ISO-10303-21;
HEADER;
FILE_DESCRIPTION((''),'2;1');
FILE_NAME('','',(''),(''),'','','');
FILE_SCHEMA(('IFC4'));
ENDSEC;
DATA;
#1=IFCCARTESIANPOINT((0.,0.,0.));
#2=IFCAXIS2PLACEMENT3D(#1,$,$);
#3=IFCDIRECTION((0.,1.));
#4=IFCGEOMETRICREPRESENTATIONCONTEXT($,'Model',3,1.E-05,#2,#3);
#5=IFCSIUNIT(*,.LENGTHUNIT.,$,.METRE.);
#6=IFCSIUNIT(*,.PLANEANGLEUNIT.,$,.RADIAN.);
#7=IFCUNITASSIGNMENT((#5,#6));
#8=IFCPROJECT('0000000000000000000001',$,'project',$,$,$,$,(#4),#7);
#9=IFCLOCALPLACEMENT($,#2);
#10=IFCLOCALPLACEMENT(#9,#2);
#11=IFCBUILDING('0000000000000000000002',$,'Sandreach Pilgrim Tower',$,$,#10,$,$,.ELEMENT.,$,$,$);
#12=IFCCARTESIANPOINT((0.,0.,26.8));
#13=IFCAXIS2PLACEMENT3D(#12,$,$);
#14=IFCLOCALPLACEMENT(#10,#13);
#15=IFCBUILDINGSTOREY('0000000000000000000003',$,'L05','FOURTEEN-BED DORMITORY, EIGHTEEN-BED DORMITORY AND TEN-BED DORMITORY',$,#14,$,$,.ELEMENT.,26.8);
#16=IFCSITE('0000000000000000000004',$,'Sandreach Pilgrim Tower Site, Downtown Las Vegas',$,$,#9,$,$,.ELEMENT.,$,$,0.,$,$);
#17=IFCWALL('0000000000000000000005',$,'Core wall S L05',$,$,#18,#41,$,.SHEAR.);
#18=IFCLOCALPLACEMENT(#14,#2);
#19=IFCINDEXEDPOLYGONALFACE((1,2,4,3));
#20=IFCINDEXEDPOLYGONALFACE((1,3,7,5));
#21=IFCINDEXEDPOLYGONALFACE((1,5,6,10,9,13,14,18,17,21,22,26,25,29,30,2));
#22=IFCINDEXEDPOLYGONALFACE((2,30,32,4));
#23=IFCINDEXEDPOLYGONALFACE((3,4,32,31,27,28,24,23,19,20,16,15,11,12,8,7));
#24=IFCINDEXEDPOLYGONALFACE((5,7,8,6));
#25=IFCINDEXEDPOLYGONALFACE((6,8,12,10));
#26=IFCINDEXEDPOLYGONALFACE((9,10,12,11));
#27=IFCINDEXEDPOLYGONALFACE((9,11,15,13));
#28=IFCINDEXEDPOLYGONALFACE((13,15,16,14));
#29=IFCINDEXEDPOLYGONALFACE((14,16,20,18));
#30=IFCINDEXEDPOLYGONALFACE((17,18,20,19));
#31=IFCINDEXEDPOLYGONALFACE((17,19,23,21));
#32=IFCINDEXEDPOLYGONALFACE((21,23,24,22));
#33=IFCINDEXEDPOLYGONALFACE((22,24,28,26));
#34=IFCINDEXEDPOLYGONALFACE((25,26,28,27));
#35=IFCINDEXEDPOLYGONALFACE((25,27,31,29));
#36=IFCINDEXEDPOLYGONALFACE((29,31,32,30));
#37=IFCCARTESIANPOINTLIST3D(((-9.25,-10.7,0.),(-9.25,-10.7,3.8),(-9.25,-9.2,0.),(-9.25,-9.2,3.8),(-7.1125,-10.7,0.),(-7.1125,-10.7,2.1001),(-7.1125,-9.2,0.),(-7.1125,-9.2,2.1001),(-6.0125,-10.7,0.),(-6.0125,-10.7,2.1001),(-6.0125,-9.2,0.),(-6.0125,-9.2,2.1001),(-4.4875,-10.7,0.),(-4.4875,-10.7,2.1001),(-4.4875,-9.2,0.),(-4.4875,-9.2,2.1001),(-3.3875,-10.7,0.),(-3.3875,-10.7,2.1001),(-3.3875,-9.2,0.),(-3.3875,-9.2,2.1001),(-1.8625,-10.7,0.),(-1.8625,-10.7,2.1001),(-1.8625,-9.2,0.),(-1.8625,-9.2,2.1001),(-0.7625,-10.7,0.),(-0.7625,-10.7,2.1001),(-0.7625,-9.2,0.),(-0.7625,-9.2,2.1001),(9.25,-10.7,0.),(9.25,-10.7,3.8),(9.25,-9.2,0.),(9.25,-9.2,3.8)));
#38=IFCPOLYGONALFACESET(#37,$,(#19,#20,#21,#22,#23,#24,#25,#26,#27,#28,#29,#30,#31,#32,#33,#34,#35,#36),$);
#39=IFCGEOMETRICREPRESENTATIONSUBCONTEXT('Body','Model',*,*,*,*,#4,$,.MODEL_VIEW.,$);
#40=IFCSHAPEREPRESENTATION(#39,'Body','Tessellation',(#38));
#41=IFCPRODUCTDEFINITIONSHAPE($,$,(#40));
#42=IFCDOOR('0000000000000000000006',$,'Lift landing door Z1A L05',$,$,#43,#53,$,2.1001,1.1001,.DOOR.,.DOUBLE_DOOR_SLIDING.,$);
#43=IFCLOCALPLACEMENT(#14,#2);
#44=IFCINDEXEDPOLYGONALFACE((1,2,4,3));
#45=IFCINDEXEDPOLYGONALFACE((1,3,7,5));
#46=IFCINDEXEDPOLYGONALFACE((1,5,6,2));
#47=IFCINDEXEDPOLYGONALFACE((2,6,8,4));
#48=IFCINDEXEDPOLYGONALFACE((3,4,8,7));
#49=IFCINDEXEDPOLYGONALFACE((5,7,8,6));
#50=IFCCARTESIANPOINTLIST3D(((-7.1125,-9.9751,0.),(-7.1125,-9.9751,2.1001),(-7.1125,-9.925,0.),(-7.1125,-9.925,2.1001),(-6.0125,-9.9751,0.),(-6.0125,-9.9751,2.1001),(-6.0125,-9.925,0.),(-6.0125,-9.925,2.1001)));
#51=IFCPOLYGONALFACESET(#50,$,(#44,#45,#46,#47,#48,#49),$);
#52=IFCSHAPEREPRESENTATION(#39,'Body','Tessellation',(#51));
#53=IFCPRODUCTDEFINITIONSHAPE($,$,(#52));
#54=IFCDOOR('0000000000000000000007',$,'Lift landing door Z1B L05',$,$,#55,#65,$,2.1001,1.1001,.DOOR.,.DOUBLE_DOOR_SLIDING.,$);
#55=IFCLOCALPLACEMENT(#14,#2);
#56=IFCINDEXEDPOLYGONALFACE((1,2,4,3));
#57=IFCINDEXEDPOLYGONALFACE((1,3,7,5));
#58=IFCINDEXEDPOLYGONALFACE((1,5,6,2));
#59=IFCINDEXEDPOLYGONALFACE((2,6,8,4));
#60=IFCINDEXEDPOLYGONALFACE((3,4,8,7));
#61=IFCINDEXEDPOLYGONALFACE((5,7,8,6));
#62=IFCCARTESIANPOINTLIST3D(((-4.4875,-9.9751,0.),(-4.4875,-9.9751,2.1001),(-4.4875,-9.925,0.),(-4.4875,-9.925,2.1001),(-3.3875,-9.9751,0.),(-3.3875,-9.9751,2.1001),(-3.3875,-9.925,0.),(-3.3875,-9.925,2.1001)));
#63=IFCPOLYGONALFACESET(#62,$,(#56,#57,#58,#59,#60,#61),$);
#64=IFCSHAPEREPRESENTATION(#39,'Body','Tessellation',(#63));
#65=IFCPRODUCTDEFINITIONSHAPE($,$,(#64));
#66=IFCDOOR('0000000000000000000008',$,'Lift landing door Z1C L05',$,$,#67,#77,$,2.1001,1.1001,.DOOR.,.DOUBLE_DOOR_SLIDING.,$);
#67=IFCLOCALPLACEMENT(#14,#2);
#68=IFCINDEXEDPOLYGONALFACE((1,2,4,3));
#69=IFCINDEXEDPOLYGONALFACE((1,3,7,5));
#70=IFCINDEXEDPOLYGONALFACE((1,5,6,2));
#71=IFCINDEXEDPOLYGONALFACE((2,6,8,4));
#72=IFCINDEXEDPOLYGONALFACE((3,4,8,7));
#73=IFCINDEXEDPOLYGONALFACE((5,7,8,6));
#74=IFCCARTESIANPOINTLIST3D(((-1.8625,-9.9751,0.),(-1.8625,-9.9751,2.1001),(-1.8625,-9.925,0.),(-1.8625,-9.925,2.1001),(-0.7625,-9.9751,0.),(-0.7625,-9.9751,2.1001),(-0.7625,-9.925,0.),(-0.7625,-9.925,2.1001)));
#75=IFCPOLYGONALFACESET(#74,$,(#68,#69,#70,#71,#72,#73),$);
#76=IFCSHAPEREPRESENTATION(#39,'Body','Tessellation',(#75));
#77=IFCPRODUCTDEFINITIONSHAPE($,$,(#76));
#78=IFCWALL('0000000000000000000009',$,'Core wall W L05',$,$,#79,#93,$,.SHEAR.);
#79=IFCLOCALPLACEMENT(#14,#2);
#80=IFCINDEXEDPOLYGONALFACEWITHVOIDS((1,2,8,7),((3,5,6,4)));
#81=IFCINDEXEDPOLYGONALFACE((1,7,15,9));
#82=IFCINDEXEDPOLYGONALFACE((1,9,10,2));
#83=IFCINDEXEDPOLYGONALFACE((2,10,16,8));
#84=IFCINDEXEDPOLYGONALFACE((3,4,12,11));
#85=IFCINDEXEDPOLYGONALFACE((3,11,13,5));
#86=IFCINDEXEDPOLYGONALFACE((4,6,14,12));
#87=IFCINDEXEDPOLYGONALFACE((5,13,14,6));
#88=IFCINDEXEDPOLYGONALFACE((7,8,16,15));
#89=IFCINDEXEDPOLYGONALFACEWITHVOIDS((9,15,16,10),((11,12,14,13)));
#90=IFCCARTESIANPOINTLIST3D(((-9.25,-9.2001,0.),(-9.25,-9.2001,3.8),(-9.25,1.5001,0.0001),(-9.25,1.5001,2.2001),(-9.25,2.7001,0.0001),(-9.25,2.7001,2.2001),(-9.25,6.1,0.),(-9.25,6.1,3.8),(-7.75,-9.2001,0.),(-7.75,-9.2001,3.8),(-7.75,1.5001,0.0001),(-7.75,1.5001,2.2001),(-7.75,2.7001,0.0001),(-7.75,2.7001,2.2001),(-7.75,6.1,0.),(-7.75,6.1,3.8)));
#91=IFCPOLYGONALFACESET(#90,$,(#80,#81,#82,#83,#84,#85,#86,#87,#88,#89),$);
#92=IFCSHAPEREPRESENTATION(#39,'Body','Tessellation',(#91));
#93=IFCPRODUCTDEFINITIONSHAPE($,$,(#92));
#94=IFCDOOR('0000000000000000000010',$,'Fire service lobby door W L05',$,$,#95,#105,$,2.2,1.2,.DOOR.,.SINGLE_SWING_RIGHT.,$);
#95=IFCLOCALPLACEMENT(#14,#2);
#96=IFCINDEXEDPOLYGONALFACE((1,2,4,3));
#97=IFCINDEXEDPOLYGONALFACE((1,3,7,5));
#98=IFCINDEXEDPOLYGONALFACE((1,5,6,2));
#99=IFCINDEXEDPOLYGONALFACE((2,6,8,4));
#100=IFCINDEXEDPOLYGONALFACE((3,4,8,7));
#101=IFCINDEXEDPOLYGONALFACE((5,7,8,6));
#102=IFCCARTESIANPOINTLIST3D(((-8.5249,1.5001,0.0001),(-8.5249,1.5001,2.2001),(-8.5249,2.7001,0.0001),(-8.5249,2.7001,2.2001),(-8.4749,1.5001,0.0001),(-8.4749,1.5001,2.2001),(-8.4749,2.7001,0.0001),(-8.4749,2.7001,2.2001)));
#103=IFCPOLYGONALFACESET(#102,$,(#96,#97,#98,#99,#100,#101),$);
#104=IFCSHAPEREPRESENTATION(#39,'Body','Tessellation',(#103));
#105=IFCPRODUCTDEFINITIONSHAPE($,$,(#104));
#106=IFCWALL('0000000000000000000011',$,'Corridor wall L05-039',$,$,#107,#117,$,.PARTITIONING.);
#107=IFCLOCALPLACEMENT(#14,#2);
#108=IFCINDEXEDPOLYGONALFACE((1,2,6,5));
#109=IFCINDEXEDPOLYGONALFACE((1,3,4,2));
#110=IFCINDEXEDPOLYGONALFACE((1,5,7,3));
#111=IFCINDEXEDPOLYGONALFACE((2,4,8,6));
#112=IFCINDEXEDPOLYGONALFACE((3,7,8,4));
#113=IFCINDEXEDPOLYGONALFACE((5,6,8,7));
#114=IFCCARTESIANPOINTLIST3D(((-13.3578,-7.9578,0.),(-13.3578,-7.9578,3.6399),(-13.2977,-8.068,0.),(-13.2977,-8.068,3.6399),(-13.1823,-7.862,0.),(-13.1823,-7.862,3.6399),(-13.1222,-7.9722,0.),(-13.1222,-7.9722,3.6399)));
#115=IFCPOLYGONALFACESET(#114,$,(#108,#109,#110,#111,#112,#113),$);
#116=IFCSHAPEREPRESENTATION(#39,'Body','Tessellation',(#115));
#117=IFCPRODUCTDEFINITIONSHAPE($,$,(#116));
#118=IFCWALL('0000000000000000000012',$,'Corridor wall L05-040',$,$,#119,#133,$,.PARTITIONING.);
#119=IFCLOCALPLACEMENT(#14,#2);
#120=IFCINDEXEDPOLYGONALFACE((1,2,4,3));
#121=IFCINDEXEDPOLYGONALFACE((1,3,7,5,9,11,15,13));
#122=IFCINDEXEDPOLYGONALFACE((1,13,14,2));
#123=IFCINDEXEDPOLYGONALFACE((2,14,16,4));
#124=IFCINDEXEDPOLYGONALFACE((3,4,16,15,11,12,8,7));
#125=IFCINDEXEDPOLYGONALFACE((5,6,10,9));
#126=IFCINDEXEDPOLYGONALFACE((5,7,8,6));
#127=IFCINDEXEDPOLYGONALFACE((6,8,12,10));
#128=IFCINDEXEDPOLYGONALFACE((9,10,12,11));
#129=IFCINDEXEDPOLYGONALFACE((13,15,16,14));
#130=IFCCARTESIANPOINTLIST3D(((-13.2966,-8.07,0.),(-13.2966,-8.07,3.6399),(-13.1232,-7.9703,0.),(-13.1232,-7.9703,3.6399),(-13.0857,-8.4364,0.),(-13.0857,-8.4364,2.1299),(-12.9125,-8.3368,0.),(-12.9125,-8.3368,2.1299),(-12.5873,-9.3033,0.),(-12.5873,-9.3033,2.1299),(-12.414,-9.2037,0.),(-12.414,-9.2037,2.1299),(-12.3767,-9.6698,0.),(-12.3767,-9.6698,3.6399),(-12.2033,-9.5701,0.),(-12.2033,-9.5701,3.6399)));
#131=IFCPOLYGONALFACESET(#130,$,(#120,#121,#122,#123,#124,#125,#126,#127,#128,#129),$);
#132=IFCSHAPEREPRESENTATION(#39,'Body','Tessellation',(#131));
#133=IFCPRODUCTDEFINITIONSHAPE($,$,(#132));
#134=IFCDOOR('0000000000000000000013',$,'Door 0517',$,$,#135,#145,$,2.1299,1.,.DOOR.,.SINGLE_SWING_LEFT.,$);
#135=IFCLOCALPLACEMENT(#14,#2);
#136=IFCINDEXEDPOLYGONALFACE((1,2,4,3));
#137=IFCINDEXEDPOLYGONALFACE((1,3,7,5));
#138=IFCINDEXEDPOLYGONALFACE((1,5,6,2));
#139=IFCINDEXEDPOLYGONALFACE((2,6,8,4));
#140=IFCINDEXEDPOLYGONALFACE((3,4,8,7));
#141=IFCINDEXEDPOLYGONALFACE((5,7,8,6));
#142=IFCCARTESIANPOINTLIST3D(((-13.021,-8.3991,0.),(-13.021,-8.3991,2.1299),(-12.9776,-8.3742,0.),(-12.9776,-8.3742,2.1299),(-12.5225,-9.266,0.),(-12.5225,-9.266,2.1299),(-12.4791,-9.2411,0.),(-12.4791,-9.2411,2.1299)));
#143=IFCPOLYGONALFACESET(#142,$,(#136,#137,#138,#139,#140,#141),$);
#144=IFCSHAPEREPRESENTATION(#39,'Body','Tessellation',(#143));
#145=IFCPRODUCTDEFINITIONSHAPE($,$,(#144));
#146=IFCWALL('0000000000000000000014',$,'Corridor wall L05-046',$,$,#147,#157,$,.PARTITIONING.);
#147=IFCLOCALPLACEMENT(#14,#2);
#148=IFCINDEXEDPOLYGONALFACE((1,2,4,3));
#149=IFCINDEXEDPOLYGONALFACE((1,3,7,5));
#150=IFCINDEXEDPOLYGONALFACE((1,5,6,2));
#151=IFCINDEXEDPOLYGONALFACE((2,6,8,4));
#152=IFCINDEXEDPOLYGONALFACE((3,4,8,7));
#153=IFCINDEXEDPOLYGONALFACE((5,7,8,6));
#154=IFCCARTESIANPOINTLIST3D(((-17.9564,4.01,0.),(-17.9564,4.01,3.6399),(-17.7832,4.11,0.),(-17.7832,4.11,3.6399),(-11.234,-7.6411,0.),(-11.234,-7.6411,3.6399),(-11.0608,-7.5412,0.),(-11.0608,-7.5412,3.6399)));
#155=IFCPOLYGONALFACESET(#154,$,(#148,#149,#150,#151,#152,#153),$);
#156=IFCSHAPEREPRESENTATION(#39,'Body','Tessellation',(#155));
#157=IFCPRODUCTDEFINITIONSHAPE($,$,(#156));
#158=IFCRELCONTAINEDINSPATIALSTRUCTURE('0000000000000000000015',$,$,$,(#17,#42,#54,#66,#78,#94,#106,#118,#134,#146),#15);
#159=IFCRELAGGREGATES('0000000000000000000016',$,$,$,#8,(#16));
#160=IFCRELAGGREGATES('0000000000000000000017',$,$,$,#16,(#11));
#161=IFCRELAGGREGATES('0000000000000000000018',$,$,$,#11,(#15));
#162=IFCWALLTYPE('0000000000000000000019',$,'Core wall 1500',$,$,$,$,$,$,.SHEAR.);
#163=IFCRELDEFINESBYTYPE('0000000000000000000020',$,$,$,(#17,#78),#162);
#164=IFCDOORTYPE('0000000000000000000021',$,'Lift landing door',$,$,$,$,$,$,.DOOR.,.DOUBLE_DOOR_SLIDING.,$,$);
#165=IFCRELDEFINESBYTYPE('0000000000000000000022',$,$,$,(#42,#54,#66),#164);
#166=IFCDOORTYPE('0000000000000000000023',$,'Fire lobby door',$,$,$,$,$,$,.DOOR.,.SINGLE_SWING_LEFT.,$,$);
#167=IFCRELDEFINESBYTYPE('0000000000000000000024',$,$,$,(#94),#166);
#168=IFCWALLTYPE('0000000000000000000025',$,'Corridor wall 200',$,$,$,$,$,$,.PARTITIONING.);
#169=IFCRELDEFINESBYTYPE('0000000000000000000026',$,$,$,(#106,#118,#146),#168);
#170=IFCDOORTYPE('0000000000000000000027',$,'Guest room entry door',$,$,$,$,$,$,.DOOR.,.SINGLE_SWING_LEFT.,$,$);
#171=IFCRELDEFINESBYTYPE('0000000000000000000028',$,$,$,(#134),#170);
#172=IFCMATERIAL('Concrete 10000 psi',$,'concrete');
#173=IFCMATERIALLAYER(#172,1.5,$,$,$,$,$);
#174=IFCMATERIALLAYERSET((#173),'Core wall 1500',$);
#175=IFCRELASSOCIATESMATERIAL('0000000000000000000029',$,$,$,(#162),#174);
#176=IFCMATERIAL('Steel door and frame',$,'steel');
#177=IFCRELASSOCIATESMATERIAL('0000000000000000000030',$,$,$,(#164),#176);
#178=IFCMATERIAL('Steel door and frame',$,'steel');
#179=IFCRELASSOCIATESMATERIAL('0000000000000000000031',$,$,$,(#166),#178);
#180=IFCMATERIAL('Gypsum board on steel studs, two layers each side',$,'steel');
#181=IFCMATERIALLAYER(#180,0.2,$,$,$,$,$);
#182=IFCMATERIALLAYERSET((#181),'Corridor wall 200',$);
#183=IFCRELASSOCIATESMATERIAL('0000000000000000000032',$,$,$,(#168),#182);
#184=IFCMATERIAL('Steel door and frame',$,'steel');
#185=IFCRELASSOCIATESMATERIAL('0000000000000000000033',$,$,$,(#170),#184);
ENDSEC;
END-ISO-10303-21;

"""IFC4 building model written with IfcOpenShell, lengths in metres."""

from ifc_helpers import new_model, si_unit, direction, frame, frame_2d, origin, place, context, subcontext, project, spatial, rectangle, extrude, material, layer, layer_set, type_object, element, fill, save


model = new_model("IFC4")

# Units and contexts
model_context = context("Model", 3, precision=1e-05, world=origin(), true_north=direction((0.0, 1.0)))
body_context = subcontext(model_context, "Body", "Model", "MODEL_VIEW")
ifc_project = project(units=[si_unit("LENGTHUNIT", "METRE"), si_unit("PLANEANGLEUNIT", "RADIAN")], contexts=[model_context])

# Site, building, storey
site_placement = place(None, origin())
site = spatial("IfcSite", under=ifc_project, at=site_placement, Name="Sandreach Pilgrim Tower Site, Downtown Las Vegas", CompositionType="ELEMENT", RefElevation=0.0)
building_placement = place(site_placement, origin())
building = spatial("IfcBuilding", under=site, at=building_placement, Name="Sandreach Pilgrim Tower", CompositionType="ELEMENT")
storey_placement = place(building_placement, frame((0.0, 0.0, 26.8)))
storey = spatial("IfcBuildingStorey", under=building, at=storey_placement, Name="L05", Description="FOURTEEN-BED DORMITORY, EIGHTEEN-BED DORMITORY AND TEN-BED DORMITORY", CompositionType="ELEMENT", Elevation=26.8)

# Wall, openings, doors
ifc_material_1 = material(Name="Concrete 10000 psi", Category="concrete")
ifc_layer_1 = layer(ifc_material_1, 1.5)
ifc_layer_set_1 = layer_set([ifc_layer_1], Name="Core wall 1500")
wall_type_1 = type_object("IfcWallType", Name="Core wall 1500", PredefinedType="SHEAR", material=ifc_layer_set_1)
wall_1_placement = place(storey_placement, frame((-9.25, -9.95, 0.0), z_axis=(0.0, 0.0, 1.0), x_axis=(1.0, 0.0, 0.0)))
wall_1 = element("IfcWall", 1, at=wall_1_placement, inside=storey, type_object=wall_type_1, Name="Core wall S L05", PredefinedType="SHEAR", context=body_context, shape_type="SweptSolid", body=[
    extrude(rectangle(XDim=18.5, YDim=1.5, at=frame_2d((9.25, 0.0))), origin(), (0.0, 0.0, 1.0), 3.8),
])
opening_1_placement = place(wall_1_placement, frame((2.1375, 0.0, 0.0)))
opening_1 = element("IfcOpeningElement", 2, at=opening_1_placement, cuts=wall_1, PredefinedType="OPENING", context=body_context, shape_type="SweptSolid", body=[
    extrude(rectangle(XDim=1.1001, YDim=2.1001, at=frame_2d((0.55, 1.05))), frame((0.0, 0.75, 0.0), z_axis=(0.0, -1.0, 0.0), x_axis=(1.0, 0.0, 0.0)), (0.0, 0.0, 1.0), 1.5),
])
opening_2_placement = place(wall_1_placement, frame((4.7625, 0.0, 0.0)))
opening_2 = element("IfcOpeningElement", 3, at=opening_2_placement, cuts=wall_1, PredefinedType="OPENING", context=body_context, shape_type="SweptSolid", body=[
    extrude(rectangle(XDim=1.1001, YDim=2.1001, at=frame_2d((0.55, 1.05))), frame((0.0, 0.75, 0.0), z_axis=(0.0, -1.0, 0.0), x_axis=(1.0, 0.0, 0.0)), (0.0, 0.0, 1.0), 1.5),
])
opening_3_placement = place(wall_1_placement, frame((7.3875, 0.0, 0.0)))
opening_3 = element("IfcOpeningElement", 4, at=opening_3_placement, cuts=wall_1, PredefinedType="OPENING", context=body_context, shape_type="SweptSolid", body=[
    extrude(rectangle(XDim=1.1001, YDim=2.1001, at=frame_2d((0.55, 1.05))), frame((0.0, 0.75, 0.0), z_axis=(0.0, -1.0, 0.0), x_axis=(1.0, 0.0, 0.0)), (0.0, 0.0, 1.0), 1.5),
])
ifc_material_2 = material(Name="Steel door and frame", Category="steel")
door_type_1 = type_object("IfcDoorType", Name="Lift landing door", OperationType="DOUBLE_DOOR_SLIDING", PredefinedType="DOOR", material=ifc_material_2)
door_1_placement = place(opening_1_placement, origin())
door_1 = element("IfcDoor", 5, at=door_1_placement, inside=storey, type_object=door_type_1, Name="Lift landing door Z1A L05", OperationType="DOUBLE_DOOR_SLIDING", OverallHeight=2.1001, OverallWidth=1.1001, PredefinedType="DOOR", context=body_context, shape_type="SweptSolid", body=[
    extrude(rectangle(XDim=1.1001, YDim=2.1001, at=frame_2d((0.55, 1.05))), frame((0.0, 0.0249, 0.0), z_axis=(0.0, -1.0, 0.0), x_axis=(1.0, 0.0, 0.0)), (0.0, 0.0, 1.0), 0.05),
])
fill(opening_1, door_1)
door_2_placement = place(opening_2_placement, origin())
door_2 = element("IfcDoor", 6, at=door_2_placement, inside=storey, type_object=door_type_1, Name="Lift landing door Z1B L05", OperationType="DOUBLE_DOOR_SLIDING", OverallHeight=2.1001, OverallWidth=1.1001, PredefinedType="DOOR", context=body_context, shape_type="SweptSolid", body=[
    extrude(rectangle(XDim=1.1001, YDim=2.1001, at=frame_2d((0.55, 1.05))), frame((0.0, 0.0249, 0.0), z_axis=(0.0, -1.0, 0.0), x_axis=(1.0, 0.0, 0.0)), (0.0, 0.0, 1.0), 0.05),
])
fill(opening_2, door_2)
door_3_placement = place(opening_3_placement, origin())
door_3 = element("IfcDoor", 7, at=door_3_placement, inside=storey, type_object=door_type_1, Name="Lift landing door Z1C L05", OperationType="DOUBLE_DOOR_SLIDING", OverallHeight=2.1001, OverallWidth=1.1001, PredefinedType="DOOR", context=body_context, shape_type="SweptSolid", body=[
    extrude(rectangle(XDim=1.1001, YDim=2.1001, at=frame_2d((0.55, 1.05))), frame((0.0, 0.0249, 0.0), z_axis=(0.0, -1.0, 0.0), x_axis=(1.0, 0.0, 0.0)), (0.0, 0.0, 1.0), 0.05),
])
fill(opening_3, door_3)

# Wall, opening, door
wall_2_placement = place(storey_placement, frame((-8.5, -9.2, 0.0), z_axis=(0.0, 0.0, 1.0), x_axis=(0.0, 1.0, 0.0)))
wall_2 = element("IfcWall", 8, at=wall_2_placement, inside=storey, type_object=wall_type_1, Name="Core wall W L05", PredefinedType="SHEAR", context=body_context, shape_type="SweptSolid", body=[
    extrude(rectangle(XDim=15.3, YDim=1.5, at=frame_2d((7.6499, 0.0))), origin(), (0.0, 0.0, 1.0), 3.8),
])
opening_4_placement = place(wall_2_placement, frame((10.7, 0.0, 0.0)))
opening_4 = element("IfcOpeningElement", 9, at=opening_4_placement, cuts=wall_2, PredefinedType="OPENING", context=body_context, shape_type="SweptSolid", body=[
    extrude(rectangle(XDim=1.2, YDim=2.2, at=frame_2d((0.6001, 1.1001))), frame((0.0, 0.75, 0.0), z_axis=(0.0, -1.0, 0.0), x_axis=(1.0, 0.0, 0.0)), (0.0, 0.0, 1.0), 1.5),
])
ifc_material_3 = material(Name="Steel door and frame", Category="steel")
door_type_2 = type_object("IfcDoorType", Name="Fire lobby door", OperationType="SINGLE_SWING_LEFT", PredefinedType="DOOR", material=ifc_material_3)
door_4_placement = place(opening_4_placement, origin())
door_4 = element("IfcDoor", 10, at=door_4_placement, inside=storey, type_object=door_type_2, Name="Fire service lobby door W L05", OperationType="SINGLE_SWING_RIGHT", OverallHeight=2.2, OverallWidth=1.2, PredefinedType="DOOR", context=body_context, shape_type="SweptSolid", body=[
    extrude(rectangle(XDim=1.2, YDim=2.2, at=frame_2d((0.6001, 1.1001))), frame((0.0, 0.0249, 0.0), z_axis=(0.0, -1.0, 0.0), x_axis=(1.0, 0.0, 0.0)), (0.0, 0.0, 1.0), 0.05),
])
fill(opening_4, door_4)

# Wall
ifc_material_4 = material(Name="Gypsum board on steel studs, two layers each side", Category="steel")
ifc_layer_2 = layer(ifc_material_4, 0.2)
ifc_layer_set_2 = layer_set([ifc_layer_2], Name="Corridor wall 200")
wall_type_2 = type_object("IfcWallType", Name="Corridor wall 200", PredefinedType="PARTITIONING", material=ifc_layer_set_2)
wall_3_placement = place(storey_placement, frame((-13.27, -7.9099, 0.0), z_axis=(0.0, 0.0, 1.0), x_axis=(0.478852, -0.877896, 0.0)))
element("IfcWall", 11, at=wall_3_placement, inside=storey, type_object=wall_type_2, Name="Corridor wall L05-039", PredefinedType="PARTITIONING", context=body_context, shape_type="SweptSolid", body=[
    extrude(rectangle(XDim=0.1255, YDim=0.2, at=frame_2d((0.0627, 0.0))), origin(), (0.0, 0.0, 1.0), 3.6399),
])

# Wall, opening, door
wall_4_placement = place(storey_placement, frame((-13.21, -8.02, 0.0), z_axis=(0.0, 0.0, 1.0), x_axis=(0.498474, -0.866905, 0.0)))
wall_4 = element("IfcWall", 12, at=wall_4_placement, inside=storey, type_object=wall_type_2, Name="Corridor wall L05-040", PredefinedType="PARTITIONING", context=body_context, shape_type="SweptSolid", body=[
    extrude(rectangle(XDim=1.8455, YDim=0.2, at=frame_2d((0.9229, 0.0))), origin(), (0.0, 0.0, 1.0), 3.6399),
])
opening_5_placement = place(wall_4_placement, frame((0.4229, 0.0, 0.0)))
opening_5 = element("IfcOpeningElement", 13, at=opening_5_placement, cuts=wall_4, PredefinedType="OPENING", context=body_context, shape_type="SweptSolid", body=[
    extrude(rectangle(XDim=1.0, YDim=2.1299, at=frame_2d((0.5, 1.0649))), frame((0.0, 0.1001, 0.0), z_axis=(0.0, -1.0, 0.0), x_axis=(1.0, 0.0, 0.0)), (0.0, 0.0, 1.0), 0.2),
])
ifc_material_5 = material(Name="Steel door and frame", Category="steel")
door_type_3 = type_object("IfcDoorType", Name="Guest room entry door", OperationType="SINGLE_SWING_LEFT", PredefinedType="DOOR", material=ifc_material_5)
door_5_placement = place(opening_5_placement, origin())
door_5 = element("IfcDoor", 14, at=door_5_placement, inside=storey, type_object=door_type_3, Name="Door 0517", OperationType="SINGLE_SWING_LEFT", OverallHeight=2.1299, OverallWidth=1.0, PredefinedType="DOOR", context=body_context, shape_type="SweptSolid", body=[
    extrude(rectangle(XDim=1.0, YDim=2.1299, at=frame_2d((0.5, 1.0649))), frame((0.0, 0.0249, 0.0), z_axis=(0.0, -1.0, 0.0), x_axis=(1.0, 0.0, 0.0)), (0.0, 0.0, 1.0), 0.05),
])
fill(opening_5, door_5)

# Wall
wall_5_placement = place(storey_placement, frame((-11.1475, -7.5911, 0.0), z_axis=(0.0, 0.0, 1.0), x_axis=(-0.499756, 0.866166, 0.0)))
element("IfcWall", 15, at=wall_5_placement, inside=storey, type_object=wall_type_2, Name="Corridor wall L05-046", PredefinedType="PARTITIONING", context=body_context, shape_type="SweptSolid", body=[
    extrude(rectangle(XDim=13.4514, YDim=0.2, at=frame_2d((6.7256, 0.0))), origin(), (0.0, 0.0, 1.0), 3.6399),
])

save(model, "model.ifc")
